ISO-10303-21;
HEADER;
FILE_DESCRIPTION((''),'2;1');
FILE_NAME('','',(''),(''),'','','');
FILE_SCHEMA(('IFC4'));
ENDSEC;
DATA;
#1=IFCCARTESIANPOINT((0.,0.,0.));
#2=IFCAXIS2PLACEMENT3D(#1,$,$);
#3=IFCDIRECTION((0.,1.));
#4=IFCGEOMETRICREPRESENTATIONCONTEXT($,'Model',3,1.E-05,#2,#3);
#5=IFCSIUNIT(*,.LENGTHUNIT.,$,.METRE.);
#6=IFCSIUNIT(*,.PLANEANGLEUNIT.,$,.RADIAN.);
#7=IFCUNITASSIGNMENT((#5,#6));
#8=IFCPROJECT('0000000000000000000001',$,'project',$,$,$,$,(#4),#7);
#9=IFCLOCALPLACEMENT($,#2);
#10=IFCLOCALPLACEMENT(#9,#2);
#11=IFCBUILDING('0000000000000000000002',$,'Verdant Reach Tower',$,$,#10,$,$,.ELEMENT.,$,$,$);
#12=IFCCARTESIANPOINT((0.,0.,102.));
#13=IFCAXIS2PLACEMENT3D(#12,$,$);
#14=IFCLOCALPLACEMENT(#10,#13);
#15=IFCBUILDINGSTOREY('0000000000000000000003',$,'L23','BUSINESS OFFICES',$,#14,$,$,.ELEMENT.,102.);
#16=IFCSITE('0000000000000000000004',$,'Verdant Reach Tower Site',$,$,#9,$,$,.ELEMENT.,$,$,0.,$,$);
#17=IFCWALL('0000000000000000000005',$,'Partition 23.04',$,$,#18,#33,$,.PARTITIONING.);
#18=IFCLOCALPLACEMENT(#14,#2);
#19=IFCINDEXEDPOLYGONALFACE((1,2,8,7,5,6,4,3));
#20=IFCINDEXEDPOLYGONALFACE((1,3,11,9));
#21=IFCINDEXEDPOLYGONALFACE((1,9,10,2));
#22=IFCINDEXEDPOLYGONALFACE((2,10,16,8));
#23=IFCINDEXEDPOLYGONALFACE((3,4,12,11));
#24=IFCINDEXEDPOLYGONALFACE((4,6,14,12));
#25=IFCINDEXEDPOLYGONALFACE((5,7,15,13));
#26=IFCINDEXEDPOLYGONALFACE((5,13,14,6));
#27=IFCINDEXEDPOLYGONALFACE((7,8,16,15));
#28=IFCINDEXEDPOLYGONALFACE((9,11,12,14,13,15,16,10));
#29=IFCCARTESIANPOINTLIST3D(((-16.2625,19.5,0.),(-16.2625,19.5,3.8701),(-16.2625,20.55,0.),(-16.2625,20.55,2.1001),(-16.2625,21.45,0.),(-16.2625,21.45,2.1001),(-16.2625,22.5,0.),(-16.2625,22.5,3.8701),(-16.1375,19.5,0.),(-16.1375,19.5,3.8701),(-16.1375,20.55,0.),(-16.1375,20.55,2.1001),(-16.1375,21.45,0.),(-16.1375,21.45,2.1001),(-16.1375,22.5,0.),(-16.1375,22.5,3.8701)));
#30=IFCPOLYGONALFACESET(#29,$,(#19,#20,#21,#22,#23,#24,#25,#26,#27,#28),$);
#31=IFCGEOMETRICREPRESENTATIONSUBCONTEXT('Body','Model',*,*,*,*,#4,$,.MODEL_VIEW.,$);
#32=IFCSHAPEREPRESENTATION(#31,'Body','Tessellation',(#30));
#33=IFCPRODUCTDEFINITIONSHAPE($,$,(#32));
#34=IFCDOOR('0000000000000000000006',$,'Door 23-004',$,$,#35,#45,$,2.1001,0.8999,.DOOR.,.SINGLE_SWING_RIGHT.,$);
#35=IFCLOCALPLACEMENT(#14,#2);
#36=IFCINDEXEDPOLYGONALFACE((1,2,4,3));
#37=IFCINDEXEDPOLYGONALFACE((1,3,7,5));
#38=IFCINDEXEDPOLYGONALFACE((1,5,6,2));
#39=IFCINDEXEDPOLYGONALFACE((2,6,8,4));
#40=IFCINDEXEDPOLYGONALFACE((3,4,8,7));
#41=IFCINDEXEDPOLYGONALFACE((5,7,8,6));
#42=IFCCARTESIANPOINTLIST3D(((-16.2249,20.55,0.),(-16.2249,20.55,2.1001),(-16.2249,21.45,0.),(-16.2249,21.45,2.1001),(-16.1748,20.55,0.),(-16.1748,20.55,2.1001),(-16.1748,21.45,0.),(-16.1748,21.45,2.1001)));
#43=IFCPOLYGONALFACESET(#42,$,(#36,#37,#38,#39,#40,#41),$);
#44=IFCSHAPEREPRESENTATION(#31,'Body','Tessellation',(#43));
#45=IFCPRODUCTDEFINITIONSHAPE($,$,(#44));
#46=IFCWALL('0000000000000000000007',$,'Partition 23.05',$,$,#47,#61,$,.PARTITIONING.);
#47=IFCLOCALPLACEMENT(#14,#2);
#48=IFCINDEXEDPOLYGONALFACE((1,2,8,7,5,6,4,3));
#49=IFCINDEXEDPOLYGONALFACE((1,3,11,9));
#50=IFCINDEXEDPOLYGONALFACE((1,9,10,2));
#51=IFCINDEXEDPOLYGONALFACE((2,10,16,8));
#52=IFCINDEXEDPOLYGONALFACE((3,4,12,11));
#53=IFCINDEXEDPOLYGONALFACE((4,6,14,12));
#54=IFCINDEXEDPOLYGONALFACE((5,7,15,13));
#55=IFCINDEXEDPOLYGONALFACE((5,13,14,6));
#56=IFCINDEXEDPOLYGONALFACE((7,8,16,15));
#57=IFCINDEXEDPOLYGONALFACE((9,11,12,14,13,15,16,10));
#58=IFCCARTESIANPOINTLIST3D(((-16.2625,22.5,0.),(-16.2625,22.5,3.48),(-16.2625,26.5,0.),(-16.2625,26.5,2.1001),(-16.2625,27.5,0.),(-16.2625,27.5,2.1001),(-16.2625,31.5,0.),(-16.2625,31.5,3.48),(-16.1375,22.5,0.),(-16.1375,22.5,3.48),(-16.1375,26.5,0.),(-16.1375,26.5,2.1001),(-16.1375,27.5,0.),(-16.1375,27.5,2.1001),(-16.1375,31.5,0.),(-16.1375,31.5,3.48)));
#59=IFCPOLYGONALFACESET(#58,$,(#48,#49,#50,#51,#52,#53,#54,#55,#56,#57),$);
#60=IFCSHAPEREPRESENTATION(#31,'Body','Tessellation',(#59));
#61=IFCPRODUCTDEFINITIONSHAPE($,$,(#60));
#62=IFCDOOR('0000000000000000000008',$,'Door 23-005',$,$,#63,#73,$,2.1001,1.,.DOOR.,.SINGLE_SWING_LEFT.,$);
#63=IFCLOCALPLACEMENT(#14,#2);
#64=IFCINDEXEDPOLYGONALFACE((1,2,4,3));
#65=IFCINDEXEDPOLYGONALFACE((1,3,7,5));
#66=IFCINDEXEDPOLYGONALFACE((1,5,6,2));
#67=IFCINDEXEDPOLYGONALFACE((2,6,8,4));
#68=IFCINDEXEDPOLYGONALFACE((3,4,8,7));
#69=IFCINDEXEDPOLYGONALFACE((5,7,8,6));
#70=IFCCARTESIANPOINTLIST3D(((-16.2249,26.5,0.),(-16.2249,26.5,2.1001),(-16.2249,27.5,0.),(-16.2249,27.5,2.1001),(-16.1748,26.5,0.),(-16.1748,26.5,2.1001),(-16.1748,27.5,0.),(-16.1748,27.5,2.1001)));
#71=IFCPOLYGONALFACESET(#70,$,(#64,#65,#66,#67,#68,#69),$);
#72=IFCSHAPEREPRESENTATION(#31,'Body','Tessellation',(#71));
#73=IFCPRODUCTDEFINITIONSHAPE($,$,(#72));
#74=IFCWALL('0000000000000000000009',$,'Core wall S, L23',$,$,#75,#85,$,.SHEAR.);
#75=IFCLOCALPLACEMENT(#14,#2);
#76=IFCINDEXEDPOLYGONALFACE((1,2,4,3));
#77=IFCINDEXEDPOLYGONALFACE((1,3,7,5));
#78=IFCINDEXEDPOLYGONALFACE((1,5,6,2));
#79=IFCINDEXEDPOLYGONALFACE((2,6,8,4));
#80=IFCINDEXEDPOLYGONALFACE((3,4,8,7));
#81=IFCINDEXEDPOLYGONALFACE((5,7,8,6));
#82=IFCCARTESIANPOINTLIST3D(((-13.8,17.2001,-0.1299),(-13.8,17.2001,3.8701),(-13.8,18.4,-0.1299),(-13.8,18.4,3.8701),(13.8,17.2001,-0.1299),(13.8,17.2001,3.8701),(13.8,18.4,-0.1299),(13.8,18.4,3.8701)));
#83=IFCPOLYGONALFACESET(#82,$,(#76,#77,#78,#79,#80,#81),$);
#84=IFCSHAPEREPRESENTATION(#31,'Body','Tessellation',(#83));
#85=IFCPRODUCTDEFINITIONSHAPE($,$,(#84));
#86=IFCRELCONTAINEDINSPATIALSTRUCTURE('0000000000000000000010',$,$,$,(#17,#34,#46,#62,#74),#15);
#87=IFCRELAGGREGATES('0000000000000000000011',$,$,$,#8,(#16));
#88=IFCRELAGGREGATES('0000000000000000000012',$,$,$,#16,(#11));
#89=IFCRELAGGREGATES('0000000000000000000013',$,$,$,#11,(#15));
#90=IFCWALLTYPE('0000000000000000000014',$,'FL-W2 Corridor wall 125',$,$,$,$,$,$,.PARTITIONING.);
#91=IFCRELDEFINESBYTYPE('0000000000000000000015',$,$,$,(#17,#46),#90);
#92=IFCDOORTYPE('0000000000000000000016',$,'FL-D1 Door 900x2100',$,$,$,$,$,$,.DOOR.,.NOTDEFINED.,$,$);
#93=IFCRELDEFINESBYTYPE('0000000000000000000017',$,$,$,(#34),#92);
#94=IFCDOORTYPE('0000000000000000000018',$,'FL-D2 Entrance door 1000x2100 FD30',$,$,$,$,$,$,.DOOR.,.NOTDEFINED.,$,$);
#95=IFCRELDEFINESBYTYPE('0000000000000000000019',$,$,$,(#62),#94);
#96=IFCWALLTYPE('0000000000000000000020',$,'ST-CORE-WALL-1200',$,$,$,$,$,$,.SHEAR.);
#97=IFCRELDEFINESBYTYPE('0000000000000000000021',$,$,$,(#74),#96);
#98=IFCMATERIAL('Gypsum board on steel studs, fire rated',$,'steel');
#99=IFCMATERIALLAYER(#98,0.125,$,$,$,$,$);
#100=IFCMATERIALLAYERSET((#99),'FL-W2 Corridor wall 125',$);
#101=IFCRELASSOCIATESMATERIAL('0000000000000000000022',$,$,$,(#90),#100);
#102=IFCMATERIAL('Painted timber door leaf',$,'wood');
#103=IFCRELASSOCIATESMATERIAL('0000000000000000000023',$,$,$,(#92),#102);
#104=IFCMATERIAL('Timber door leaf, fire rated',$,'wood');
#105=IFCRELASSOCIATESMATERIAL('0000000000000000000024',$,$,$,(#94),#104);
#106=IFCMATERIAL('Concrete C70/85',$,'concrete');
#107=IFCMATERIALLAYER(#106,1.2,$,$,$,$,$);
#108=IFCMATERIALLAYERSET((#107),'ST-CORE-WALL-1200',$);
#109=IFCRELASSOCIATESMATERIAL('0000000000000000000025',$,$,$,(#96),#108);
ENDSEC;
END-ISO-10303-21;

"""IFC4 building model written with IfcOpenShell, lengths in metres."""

from ifc_helpers import new_model, si_unit, direction, frame, frame_2d, origin, place, context, subcontext, project, spatial, rectangle, extrude, material, layer, layer_set, type_object, element, fill, save


model = new_model("IFC4")

# Units and contexts
model_context = context("Model", 3, precision=1e-05, world=origin(), true_north=direction((0.0, 1.0)))
body_context = subcontext(model_context, "Body", "Model", "MODEL_VIEW")
ifc_project = project(units=[si_unit("LENGTHUNIT", "METRE"), si_unit("PLANEANGLEUNIT", "RADIAN")], contexts=[model_context])

# Site, building, storey
site_placement = place(None, origin())
site = spatial("IfcSite", under=ifc_project, at=site_placement, Name="Verdant Reach Tower Site", CompositionType="ELEMENT", RefElevation=0.0)
building_placement = place(site_placement, origin())
building = spatial("IfcBuilding", under=site, at=building_placement, Name="Verdant Reach Tower", CompositionType="ELEMENT")
storey_placement = place(building_placement, frame((0.0, 0.0, 102.0)))
storey = spatial("IfcBuildingStorey", under=building, at=storey_placement, Name="L23", Description="BUSINESS OFFICES", CompositionType="ELEMENT", Elevation=102.0)

# Walls, openings, doors
ifc_material_1 = material(Name="Gypsum board on steel studs, fire rated", Category="steel")
ifc_layer_1 = layer(ifc_material_1, 0.125)
ifc_layer_set_1 = layer_set([ifc_layer_1], Name="FL-W2 Corridor wall 125")
wall_type_1 = type_object("IfcWallType", Name="FL-W2 Corridor wall 125", PredefinedType="PARTITIONING", material=ifc_layer_set_1)
ifc_material_2 = material(Name="Painted timber door leaf", Category="wood")
door_type_1 = type_object("IfcDoorType", Name="FL-D1 Door 900x2100", OperationType="NOTDEFINED", PredefinedType="DOOR", material=ifc_material_2)
wall_1_placement = place(storey_placement, frame((-16.2, 19.5, 0.0), z_axis=(0.0, 0.0, 1.0), x_axis=(0.0, 1.0, 0.0)))
wall_1 = element("IfcWall", 1, at=wall_1_placement, inside=storey, type_object=wall_type_1, Name="Partition 23.04", PredefinedType="PARTITIONING", context=body_context, shape_type="SweptSolid", body=[
    extrude(rectangle(XDim=3.0, YDim=0.125, at=frame_2d((1.5, 0.0))), origin(), (0.0, 0.0, 1.0), 3.8701),
])
opening_1_placement = place(wall_1_placement, frame((1.05, 0.0, 0.0)))
opening_1 = element("IfcOpeningElement", 2, at=opening_1_placement, cuts=wall_1, PredefinedType="OPENING", context=body_context, shape_type="SweptSolid", body=[
    extrude(rectangle(XDim=0.8999, YDim=2.1001, at=frame_2d((0.45, 1.05))), frame((0.0, 0.0725, 0.0), z_axis=(0.0, -1.0, 0.0), x_axis=(1.0, 0.0, 0.0)), (0.0, 0.0, 1.0), 0.145),
])
door_1_placement = place(opening_1_placement, origin())
door_1 = element("IfcDoor", 3, at=door_1_placement, inside=storey, type_object=door_type_1, Name="Door 23-004", OperationType="SINGLE_SWING_RIGHT", OverallHeight=2.1001, OverallWidth=0.8999, PredefinedType="DOOR", context=body_context, shape_type="SweptSolid", body=[
    extrude(rectangle(XDim=0.8999, YDim=2.1001, at=frame_2d((0.45, 1.05))), frame((0.0, 0.0249, 0.0), z_axis=(0.0, -1.0, 0.0), x_axis=(1.0, 0.0, 0.0)), (0.0, 0.0, 1.0), 0.05),
])
fill(opening_1, door_1)
wall_2_placement = place(storey_placement, frame((-16.2, 22.5, 0.0), z_axis=(0.0, 0.0, 1.0), x_axis=(0.0, 1.0, 0.0)))
wall_2 = element("IfcWall", 4, at=wall_2_placement, inside=storey, type_object=wall_type_1, Name="Partition 23.05", PredefinedType="PARTITIONING", context=body_context, shape_type="SweptSolid", body=[
    extrude(rectangle(XDim=9.0, YDim=0.125, at=frame_2d((4.5, 0.0))), origin(), (0.0, 0.0, 1.0), 3.48),
])
opening_2_placement = place(wall_2_placement, frame((4.0, 0.0, 0.0)))
opening_2 = element("IfcOpeningElement", 5, at=opening_2_placement, cuts=wall_2, PredefinedType="OPENING", context=body_context, shape_type="SweptSolid", body=[
    extrude(rectangle(XDim=1.0, YDim=2.1001, at=frame_2d((0.5, 1.05))), frame((0.0, 0.0725, 0.0), z_axis=(0.0, -1.0, 0.0), x_axis=(1.0, 0.0, 0.0)), (0.0, 0.0, 1.0), 0.145),
])
ifc_material_3 = material(Name="Timber door leaf, fire rated", Category="wood")
door_type_2 = type_object("IfcDoorType", Name="FL-D2 Entrance door 1000x2100 FD30", OperationType="NOTDEFINED", PredefinedType="DOOR", material=ifc_material_3)
door_2_placement = place(opening_2_placement, origin())
door_2 = element("IfcDoor", 6, at=door_2_placement, inside=storey, type_object=door_type_2, Name="Door 23-005", OperationType="SINGLE_SWING_LEFT", OverallHeight=2.1001, OverallWidth=1.0, PredefinedType="DOOR", context=body_context, shape_type="SweptSolid", body=[
    extrude(rectangle(XDim=1.0, YDim=2.1001, at=frame_2d((0.5, 1.05))), frame((0.0, 0.0249, 0.0), z_axis=(0.0, -1.0, 0.0), x_axis=(1.0, 0.0, 0.0)), (0.0, 0.0, 1.0), 0.05),
])
fill(opening_2, door_2)

# Wall
ifc_material_4 = material(Name="Concrete C70/85", Category="concrete")
ifc_layer_2 = layer(ifc_material_4, 1.2)
ifc_layer_set_2 = layer_set([ifc_layer_2], Name="ST-CORE-WALL-1200")
wall_type_2 = type_object("IfcWallType", Name="ST-CORE-WALL-1200", PredefinedType="SHEAR", material=ifc_layer_set_2)
wall_3_placement = place(storey_placement, frame((-13.8, 17.8, -0.1299), z_axis=(0.0, 0.0, 1.0), x_axis=(1.0, 0.0, 0.0)))
element("IfcWall", 7, at=wall_3_placement, inside=storey, type_object=wall_type_2, Name="Core wall S, L23", PredefinedType="SHEAR", context=body_context, shape_type="SweptSolid", body=[
    extrude(rectangle(XDim=27.6001, YDim=1.2, at=frame_2d((13.8, 0.0))), origin(), (0.0, 0.0, 1.0), 4.0),
])

save(model, "model.ifc")
